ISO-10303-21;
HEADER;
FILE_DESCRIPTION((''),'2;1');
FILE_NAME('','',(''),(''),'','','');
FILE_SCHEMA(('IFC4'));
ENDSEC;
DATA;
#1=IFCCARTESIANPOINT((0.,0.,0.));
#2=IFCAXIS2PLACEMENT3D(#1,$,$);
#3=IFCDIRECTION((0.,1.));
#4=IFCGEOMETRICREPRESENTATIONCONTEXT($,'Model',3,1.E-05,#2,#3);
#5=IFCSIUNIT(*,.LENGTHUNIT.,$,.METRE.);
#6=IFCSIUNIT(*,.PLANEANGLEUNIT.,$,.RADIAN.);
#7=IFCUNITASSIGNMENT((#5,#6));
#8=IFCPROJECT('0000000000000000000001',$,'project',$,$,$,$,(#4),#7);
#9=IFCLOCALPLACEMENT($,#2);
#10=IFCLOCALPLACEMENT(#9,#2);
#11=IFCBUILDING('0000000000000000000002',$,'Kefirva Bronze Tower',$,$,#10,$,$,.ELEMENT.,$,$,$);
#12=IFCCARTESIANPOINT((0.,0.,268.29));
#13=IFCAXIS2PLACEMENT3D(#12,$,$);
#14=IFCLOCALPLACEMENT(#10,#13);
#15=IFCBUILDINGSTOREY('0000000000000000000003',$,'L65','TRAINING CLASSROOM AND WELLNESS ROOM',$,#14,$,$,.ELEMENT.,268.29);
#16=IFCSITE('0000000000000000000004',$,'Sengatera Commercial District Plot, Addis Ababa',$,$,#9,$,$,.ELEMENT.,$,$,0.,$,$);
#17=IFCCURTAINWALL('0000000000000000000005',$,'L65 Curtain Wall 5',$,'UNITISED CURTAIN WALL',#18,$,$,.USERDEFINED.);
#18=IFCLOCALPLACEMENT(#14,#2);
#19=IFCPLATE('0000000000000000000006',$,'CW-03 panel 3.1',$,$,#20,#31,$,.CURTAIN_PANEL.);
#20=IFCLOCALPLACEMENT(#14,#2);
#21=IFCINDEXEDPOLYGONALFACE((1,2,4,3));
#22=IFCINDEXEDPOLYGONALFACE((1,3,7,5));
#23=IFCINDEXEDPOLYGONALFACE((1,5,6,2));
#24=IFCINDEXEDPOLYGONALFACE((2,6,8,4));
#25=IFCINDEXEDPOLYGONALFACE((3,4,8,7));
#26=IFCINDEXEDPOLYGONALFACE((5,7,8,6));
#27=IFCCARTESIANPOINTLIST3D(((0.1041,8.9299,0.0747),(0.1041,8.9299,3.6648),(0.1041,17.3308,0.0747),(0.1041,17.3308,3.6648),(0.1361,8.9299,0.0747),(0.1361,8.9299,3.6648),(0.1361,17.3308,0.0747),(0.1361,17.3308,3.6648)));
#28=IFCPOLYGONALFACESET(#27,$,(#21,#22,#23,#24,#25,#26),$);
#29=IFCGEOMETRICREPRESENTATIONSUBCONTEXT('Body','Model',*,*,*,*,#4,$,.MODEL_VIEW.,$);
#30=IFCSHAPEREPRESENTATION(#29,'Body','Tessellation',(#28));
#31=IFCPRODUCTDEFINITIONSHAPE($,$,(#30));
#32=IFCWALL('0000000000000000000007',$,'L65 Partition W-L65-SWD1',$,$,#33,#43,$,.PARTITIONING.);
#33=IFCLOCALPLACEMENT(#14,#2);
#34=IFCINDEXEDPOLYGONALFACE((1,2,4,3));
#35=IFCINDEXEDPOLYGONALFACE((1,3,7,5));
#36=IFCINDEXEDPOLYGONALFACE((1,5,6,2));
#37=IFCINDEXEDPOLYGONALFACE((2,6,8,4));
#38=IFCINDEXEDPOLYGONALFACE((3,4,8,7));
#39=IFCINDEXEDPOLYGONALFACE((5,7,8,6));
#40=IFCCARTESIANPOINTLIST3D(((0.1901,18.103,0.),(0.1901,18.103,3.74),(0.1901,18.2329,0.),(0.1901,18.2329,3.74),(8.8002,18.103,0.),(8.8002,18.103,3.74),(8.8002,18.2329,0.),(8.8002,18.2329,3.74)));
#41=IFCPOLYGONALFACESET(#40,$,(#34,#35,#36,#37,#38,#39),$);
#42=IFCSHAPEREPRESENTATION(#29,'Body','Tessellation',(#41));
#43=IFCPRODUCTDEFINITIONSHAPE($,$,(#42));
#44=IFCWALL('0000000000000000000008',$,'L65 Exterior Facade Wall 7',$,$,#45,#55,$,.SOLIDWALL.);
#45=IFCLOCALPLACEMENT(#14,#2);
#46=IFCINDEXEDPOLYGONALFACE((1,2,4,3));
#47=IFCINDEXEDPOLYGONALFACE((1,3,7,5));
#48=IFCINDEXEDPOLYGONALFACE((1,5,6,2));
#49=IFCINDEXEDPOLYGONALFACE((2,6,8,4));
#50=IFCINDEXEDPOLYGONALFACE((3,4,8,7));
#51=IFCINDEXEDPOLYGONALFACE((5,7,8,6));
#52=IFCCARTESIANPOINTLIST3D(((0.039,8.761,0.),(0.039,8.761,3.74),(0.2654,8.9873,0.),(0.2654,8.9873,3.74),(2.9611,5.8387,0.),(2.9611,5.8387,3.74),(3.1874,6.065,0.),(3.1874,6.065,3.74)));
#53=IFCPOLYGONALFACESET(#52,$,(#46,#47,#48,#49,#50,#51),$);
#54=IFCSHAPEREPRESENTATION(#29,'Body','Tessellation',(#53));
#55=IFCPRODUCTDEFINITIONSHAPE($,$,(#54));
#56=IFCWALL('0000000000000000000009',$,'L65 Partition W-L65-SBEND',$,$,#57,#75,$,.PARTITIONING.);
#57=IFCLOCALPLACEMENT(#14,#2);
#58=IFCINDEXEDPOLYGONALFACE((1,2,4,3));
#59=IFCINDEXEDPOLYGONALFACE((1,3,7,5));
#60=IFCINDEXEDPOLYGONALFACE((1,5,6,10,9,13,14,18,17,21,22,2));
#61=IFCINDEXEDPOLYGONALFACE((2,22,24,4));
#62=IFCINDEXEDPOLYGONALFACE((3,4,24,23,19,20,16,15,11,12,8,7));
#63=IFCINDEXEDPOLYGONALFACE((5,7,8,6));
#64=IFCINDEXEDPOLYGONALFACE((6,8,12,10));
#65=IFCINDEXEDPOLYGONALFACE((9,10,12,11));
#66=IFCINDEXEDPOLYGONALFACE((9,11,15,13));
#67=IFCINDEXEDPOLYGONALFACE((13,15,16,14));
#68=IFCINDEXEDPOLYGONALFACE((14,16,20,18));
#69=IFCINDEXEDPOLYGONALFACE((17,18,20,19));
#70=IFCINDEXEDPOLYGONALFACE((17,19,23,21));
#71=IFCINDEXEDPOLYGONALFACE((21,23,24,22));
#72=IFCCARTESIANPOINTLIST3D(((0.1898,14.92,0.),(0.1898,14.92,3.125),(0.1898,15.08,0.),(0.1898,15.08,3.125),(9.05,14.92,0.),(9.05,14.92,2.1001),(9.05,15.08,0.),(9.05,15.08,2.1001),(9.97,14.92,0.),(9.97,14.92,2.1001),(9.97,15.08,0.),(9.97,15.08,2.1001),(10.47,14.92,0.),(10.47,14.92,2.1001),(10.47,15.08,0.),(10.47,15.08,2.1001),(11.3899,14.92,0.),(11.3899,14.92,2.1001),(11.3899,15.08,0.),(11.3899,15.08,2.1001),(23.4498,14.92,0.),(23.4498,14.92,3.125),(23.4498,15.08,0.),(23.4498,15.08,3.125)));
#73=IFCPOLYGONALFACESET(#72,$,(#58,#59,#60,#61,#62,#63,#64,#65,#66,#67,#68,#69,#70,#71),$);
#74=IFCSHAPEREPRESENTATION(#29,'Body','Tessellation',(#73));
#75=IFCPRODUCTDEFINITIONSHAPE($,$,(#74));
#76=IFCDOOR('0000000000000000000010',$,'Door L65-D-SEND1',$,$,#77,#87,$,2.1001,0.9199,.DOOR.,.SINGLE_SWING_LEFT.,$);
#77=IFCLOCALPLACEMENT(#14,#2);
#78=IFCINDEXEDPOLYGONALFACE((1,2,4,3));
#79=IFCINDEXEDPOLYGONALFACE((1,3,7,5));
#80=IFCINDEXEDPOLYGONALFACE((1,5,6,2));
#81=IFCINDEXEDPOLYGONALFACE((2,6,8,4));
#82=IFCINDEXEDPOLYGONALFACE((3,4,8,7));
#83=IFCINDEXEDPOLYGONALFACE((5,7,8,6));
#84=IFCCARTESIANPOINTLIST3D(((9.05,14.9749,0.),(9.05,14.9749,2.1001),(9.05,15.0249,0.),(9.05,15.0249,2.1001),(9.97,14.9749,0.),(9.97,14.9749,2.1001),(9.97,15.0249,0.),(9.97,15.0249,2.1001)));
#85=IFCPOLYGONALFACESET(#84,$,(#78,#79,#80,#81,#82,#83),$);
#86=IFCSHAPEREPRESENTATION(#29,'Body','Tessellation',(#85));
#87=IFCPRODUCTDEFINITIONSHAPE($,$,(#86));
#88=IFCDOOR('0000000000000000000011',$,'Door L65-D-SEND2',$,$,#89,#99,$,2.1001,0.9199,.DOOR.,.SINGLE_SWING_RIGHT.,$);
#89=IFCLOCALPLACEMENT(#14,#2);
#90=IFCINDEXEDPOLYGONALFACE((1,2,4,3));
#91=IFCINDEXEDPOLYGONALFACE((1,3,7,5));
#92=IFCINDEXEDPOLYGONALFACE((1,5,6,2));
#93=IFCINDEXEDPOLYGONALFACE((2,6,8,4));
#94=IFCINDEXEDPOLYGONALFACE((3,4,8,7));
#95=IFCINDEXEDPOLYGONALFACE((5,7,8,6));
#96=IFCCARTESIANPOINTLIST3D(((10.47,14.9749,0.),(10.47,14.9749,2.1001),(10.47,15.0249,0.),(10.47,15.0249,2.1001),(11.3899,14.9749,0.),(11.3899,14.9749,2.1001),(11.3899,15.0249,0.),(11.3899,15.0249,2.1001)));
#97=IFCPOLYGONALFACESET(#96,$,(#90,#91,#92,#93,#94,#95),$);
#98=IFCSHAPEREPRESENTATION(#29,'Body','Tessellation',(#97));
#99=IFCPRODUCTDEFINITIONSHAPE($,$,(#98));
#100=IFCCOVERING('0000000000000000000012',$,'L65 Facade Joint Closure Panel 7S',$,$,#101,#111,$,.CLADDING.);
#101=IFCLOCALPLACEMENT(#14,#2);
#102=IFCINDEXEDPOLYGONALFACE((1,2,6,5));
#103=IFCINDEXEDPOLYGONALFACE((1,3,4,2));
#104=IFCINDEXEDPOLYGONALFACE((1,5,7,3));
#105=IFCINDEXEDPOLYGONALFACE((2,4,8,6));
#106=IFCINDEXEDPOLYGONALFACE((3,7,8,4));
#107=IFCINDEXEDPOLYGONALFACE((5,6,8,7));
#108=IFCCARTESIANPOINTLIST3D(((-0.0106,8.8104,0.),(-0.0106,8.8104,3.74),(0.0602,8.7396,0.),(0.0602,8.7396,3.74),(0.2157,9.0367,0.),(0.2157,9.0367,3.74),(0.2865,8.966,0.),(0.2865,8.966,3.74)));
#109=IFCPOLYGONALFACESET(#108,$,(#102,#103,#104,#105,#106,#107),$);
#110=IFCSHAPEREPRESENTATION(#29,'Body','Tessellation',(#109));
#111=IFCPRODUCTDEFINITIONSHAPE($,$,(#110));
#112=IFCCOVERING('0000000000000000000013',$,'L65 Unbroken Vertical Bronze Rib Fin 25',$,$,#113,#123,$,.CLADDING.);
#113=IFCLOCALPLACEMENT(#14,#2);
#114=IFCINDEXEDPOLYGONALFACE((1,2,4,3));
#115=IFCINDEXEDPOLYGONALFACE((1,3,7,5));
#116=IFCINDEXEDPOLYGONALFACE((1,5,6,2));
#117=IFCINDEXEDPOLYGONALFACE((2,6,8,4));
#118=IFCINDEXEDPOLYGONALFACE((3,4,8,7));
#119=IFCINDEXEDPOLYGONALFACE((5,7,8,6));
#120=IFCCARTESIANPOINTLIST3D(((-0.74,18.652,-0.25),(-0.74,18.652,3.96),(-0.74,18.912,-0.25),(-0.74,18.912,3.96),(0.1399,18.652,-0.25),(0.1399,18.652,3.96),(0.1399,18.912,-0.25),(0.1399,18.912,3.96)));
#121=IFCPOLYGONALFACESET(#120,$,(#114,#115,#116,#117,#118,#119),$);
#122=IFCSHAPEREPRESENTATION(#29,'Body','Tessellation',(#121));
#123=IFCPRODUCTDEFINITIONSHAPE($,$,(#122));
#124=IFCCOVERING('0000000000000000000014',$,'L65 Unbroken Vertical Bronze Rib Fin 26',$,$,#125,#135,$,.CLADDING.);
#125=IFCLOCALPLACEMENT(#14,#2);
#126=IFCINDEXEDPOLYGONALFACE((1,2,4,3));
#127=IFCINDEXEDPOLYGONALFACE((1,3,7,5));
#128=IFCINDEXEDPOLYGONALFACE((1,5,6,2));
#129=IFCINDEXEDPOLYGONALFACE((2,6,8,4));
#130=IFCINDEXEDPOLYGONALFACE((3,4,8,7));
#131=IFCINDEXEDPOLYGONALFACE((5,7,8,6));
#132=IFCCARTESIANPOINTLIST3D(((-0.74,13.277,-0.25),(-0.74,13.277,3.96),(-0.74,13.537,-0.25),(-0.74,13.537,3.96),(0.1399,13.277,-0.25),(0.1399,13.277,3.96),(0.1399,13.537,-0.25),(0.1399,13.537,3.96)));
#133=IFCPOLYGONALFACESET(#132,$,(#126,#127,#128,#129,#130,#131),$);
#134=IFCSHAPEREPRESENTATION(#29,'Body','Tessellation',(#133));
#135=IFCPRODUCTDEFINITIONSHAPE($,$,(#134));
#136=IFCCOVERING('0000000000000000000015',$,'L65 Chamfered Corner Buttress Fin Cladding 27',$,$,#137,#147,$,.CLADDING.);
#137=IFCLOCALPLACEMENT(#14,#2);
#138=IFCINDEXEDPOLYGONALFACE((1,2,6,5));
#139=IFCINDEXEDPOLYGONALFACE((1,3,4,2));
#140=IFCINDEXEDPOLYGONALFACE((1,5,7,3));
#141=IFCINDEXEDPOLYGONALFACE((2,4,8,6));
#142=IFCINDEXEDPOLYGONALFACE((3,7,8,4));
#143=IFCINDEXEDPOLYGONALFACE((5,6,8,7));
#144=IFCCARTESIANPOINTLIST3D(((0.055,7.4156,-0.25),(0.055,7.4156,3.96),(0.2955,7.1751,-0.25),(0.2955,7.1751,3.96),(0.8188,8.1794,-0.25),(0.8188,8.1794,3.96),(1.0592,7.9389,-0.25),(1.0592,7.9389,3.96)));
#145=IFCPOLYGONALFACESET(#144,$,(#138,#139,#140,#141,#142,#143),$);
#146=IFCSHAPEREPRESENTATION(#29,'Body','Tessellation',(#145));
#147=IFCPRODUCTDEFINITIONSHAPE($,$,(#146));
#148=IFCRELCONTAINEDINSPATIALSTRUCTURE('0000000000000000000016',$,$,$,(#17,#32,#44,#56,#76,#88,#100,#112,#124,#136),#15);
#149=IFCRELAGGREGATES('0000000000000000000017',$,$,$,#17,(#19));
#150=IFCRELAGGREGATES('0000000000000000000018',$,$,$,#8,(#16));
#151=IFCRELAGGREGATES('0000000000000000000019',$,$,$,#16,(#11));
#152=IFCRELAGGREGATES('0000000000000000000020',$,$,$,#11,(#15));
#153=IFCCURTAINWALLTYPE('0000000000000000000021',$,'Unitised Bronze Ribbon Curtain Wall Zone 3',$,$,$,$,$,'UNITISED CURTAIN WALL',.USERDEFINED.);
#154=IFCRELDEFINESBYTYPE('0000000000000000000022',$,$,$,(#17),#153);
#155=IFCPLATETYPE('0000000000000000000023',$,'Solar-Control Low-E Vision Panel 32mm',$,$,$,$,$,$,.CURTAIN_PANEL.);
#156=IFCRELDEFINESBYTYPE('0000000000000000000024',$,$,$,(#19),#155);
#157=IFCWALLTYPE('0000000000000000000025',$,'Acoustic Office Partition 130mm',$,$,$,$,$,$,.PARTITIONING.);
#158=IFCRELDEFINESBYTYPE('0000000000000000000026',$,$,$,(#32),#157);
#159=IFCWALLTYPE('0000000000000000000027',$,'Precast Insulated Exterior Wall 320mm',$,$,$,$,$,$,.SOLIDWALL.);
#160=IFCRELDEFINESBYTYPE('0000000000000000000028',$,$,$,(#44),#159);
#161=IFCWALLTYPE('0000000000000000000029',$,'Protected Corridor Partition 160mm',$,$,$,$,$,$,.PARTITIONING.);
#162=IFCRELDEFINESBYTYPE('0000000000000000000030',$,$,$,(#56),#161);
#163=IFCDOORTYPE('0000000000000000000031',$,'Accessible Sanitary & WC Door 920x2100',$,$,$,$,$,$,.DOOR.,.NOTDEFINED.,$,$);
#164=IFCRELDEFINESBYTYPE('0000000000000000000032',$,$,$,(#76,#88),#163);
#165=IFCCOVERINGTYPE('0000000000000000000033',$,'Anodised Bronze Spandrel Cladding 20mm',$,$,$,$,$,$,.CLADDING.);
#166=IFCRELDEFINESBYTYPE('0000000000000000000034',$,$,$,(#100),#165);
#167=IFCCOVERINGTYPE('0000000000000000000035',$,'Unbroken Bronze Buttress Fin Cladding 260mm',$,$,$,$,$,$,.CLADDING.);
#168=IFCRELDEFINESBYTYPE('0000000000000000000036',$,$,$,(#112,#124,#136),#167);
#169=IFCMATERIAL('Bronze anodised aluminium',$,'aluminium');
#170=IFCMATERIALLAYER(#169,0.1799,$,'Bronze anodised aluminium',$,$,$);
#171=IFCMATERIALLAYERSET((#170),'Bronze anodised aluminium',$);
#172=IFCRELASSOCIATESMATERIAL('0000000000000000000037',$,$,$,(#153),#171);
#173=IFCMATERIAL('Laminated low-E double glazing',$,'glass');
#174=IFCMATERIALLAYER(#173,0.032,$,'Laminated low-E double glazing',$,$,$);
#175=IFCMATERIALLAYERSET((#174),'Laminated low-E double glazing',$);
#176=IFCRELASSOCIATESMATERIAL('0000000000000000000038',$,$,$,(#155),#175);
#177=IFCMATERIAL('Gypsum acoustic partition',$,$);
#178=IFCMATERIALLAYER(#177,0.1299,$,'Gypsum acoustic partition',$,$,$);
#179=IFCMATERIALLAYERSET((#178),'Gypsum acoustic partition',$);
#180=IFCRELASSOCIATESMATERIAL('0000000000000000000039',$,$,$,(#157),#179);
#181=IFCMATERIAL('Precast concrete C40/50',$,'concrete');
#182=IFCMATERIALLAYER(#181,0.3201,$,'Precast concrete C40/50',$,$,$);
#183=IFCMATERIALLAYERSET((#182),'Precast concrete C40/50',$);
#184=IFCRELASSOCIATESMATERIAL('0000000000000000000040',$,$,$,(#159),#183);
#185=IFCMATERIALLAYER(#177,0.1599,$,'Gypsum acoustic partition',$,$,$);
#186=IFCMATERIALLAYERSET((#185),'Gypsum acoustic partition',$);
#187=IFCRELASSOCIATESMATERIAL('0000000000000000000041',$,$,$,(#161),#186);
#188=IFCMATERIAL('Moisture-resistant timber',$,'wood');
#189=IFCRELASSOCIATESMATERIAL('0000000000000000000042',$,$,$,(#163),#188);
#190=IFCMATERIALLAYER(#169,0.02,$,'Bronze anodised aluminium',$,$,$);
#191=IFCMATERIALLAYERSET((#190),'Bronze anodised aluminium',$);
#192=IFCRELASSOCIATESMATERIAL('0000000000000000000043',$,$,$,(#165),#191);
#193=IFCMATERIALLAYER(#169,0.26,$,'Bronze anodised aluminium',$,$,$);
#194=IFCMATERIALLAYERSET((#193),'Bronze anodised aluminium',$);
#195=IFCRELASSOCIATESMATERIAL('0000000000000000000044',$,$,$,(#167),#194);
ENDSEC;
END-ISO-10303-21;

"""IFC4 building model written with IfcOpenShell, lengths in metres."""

from ifc_helpers import new_model, si_unit, direction, frame, frame_2d, origin, origin_2d, place, context, subcontext, project, spatial, rectangle, extrude, material, layer, layer_set, type_object, element, fill, aggregate, save


model = new_model("IFC4")

# Units and contexts
model_context = context("Model", 3, precision=1e-05, world=origin(), true_north=direction((0.0, 1.0)))
body_context = subcontext(model_context, "Body", "Model", "MODEL_VIEW")
ifc_project = project(units=[si_unit("LENGTHUNIT", "METRE"), si_unit("PLANEANGLEUNIT", "RADIAN")], contexts=[model_context])

# Site, building, storey
site_placement = place(None, origin())
site = spatial("IfcSite", under=ifc_project, at=site_placement, Name="Sengatera Commercial District Plot, Addis Ababa", CompositionType="ELEMENT", RefElevation=0.0)
building_placement = place(site_placement, origin())
building = spatial("IfcBuilding", under=site, at=building_placement, Name="Kefirva Bronze Tower", CompositionType="ELEMENT")
storey_placement = place(building_placement, frame((0.0, 0.0, 268.29)))
storey = spatial("IfcBuildingStorey", under=building, at=storey_placement, Name="L65", Description="TRAINING CLASSROOM AND WELLNESS ROOM", CompositionType="ELEMENT", Elevation=268.29)

# Curtain wall
ifc_material_1 = material(Name="Bronze anodised aluminium", Category="aluminium")
ifc_layer_1 = layer(ifc_material_1, 0.1799, Name="Bronze anodised aluminium")
ifc_layer_set_1 = layer_set([ifc_layer_1], Name="Bronze anodised aluminium")
curtain_wall_type = type_object("IfcCurtainWallType", Name="Unitised Bronze Ribbon Curtain Wall Zone 3", ElementType="UNITISED CURTAIN WALL", PredefinedType="USERDEFINED", material=ifc_layer_set_1)
curtain_wall_placement = place(storey_placement, origin())
curtain_wall = element("IfcCurtainWall", 1, at=curtain_wall_placement, inside=storey, type_object=curtain_wall_type, Name="L65 Curtain Wall 5", ObjectType="UNITISED CURTAIN WALL", PredefinedType="USERDEFINED")

# Plate
ifc_material_2 = material(Name="Laminated low-E double glazing", Category="glass")
ifc_layer_2 = layer(ifc_material_2, 0.032, Name="Laminated low-E double glazing")
ifc_layer_set_2 = layer_set([ifc_layer_2], Name="Laminated low-E double glazing")
plate_type = type_object("IfcPlateType", Name="Solar-Control Low-E Vision Panel 32mm", PredefinedType="CURTAIN_PANEL", material=ifc_layer_set_2)
plate_placement = place(storey_placement, frame((0.1201, 13.1304, 0.0747), z_axis=(0.0, 0.0, 1.0), x_axis=(0.0, -1.0, 0.0)))
plate = element("IfcPlate", 2, at=plate_placement, type_object=plate_type, Name="CW-03 panel 3.1", PredefinedType="CURTAIN_PANEL", context=body_context, shape_type="SweptSolid", body=[
    extrude(rectangle(XDim=8.4009, YDim=0.032, at=origin_2d()), origin(), (0.0, 0.0, 1.0), 3.5901),
])
aggregate(curtain_wall, [plate])

# Walls
ifc_material_3 = material(Name="Gypsum acoustic partition")
ifc_layer_3 = layer(ifc_material_3, 0.1299, Name="Gypsum acoustic partition")
ifc_layer_set_3 = layer_set([ifc_layer_3], Name="Gypsum acoustic partition")
wall_type_1 = type_object("IfcWallType", Name="Acoustic Office Partition 130mm", PredefinedType="PARTITIONING", material=ifc_layer_set_3)
wall_1_placement = place(storey_placement, frame((0.1899, 18.168, 0.0), z_axis=(0.0, 0.0, 1.0), x_axis=(1.0, 0.0, 0.0)))
element("IfcWall", 3, at=wall_1_placement, inside=storey, type_object=wall_type_1, Name="L65 Partition W-L65-SWD1", PredefinedType="PARTITIONING", context=body_context, shape_type="SweptSolid", body=[
    extrude(rectangle(XDim=8.6101, YDim=0.1299, at=frame_2d((4.3052, 0.0))), origin(), (0.0, 0.0, 1.0), 3.74),
])
ifc_material_4 = material(Name="Precast concrete C40/50", Category="concrete")
ifc_layer_4 = layer(ifc_material_4, 0.3201, Name="Precast concrete C40/50")
ifc_layer_set_4 = layer_set([ifc_layer_4], Name="Precast concrete C40/50")
wall_type_2 = type_object("IfcWallType", Name="Precast Insulated Exterior Wall 320mm", PredefinedType="SOLIDWALL", material=ifc_layer_set_4)
wall_2_placement = place(storey_placement, frame((0.1521, 8.8743, 0.0), z_axis=(0.0, 0.0, 1.0), x_axis=(0.707077, -0.707136, 0.0)))
element("IfcWall", 4, at=wall_2_placement, inside=storey, type_object=wall_type_2, Name="L65 Exterior Facade Wall 7", PredefinedType="SOLIDWALL", context=body_context, shape_type="SweptSolid", body=[
    extrude(rectangle(XDim=4.1326, YDim=0.3201, at=frame_2d((2.0664, 0.0))), origin(), (0.0, 0.0, 1.0), 3.74),
])

# Wall, openings, doors
ifc_layer_5 = layer(ifc_material_3, 0.1599, Name="Gypsum acoustic partition")
ifc_layer_set_5 = layer_set([ifc_layer_5], Name="Gypsum acoustic partition")
wall_type_3 = type_object("IfcWallType", Name="Protected Corridor Partition 160mm", PredefinedType="PARTITIONING", material=ifc_layer_set_5)
wall_3_placement = place(storey_placement, frame((0.1899, 15.0, 0.0), z_axis=(0.0, 0.0, 1.0), x_axis=(1.0, 0.0, 0.0)))
wall_3 = element("IfcWall", 5, at=wall_3_placement, inside=storey, type_object=wall_type_3, Name="L65 Partition W-L65-SBEND", PredefinedType="PARTITIONING", context=body_context, shape_type="SweptSolid", body=[
    extrude(rectangle(XDim=23.26, YDim=0.1599, at=frame_2d((11.6299, 0.0))), origin(), (0.0, 0.0, 1.0), 3.125),
])
opening_1_placement = place(wall_3_placement, frame((8.8601, 0.0, 0.0)))
opening_1 = element("IfcOpeningElement", 6, at=opening_1_placement, cuts=wall_3, PredefinedType="OPENING", context=body_context, shape_type="SweptSolid", body=[
    extrude(rectangle(XDim=0.9199, YDim=2.1001, at=frame_2d((0.46, 1.05))), frame((0.0, 0.0898, 0.0), z_axis=(0.0, -1.0, 0.0), x_axis=(1.0, 0.0, 0.0)), (0.0, 0.0, 1.0), 0.1799),
])
opening_2_placement = place(wall_3_placement, frame((10.28, 0.0, 0.0)))
opening_2 = element("IfcOpeningElement", 7, at=opening_2_placement, cuts=wall_3, PredefinedType="OPENING", context=body_context, shape_type="SweptSolid", body=[
    extrude(rectangle(XDim=0.9199, YDim=2.1001, at=frame_2d((0.46, 1.05))), frame((0.0, 0.0898, 0.0), z_axis=(0.0, -1.0, 0.0), x_axis=(1.0, 0.0, 0.0)), (0.0, 0.0, 1.0), 0.1799),
])
ifc_material_5 = material(Name="Moisture-resistant timber", Category="wood")
door_type = type_object("IfcDoorType", Name="Accessible Sanitary & WC Door 920x2100", OperationType="NOTDEFINED", PredefinedType="DOOR", material=ifc_material_5)
door_1_placement = place(opening_1_placement, origin())
door_1 = element("IfcDoor", 8, at=door_1_placement, inside=storey, type_object=door_type, Name="Door L65-D-SEND1", OperationType="SINGLE_SWING_LEFT", OverallHeight=2.1001, OverallWidth=0.9199, PredefinedType="DOOR", context=body_context, shape_type="SweptSolid", body=[
    extrude(rectangle(XDim=0.9199, YDim=2.1001, at=frame_2d((0.46, 1.05))), frame((0.0, 0.0249, 0.0), z_axis=(0.0, -1.0, 0.0), x_axis=(1.0, 0.0, 0.0)), (0.0, 0.0, 1.0), 0.05),
])
fill(opening_1, door_1)
door_2_placement = place(opening_2_placement, origin())
door_2 = element("IfcDoor", 9, at=door_2_placement, inside=storey, type_object=door_type, Name="Door L65-D-SEND2", OperationType="SINGLE_SWING_RIGHT", OverallHeight=2.1001, OverallWidth=0.9199, PredefinedType="DOOR", context=body_context, shape_type="SweptSolid", body=[
    extrude(rectangle(XDim=0.9199, YDim=2.1001, at=frame_2d((0.46, 1.05))), frame((0.0, 0.0249, 0.0), z_axis=(0.0, -1.0, 0.0), x_axis=(1.0, 0.0, 0.0)), (0.0, 0.0, 1.0), 0.05),
])
fill(opening_2, door_2)

# Coverings
ifc_layer_6 = layer(ifc_material_1, 0.02, Name="Bronze anodised aluminium")
ifc_layer_set_6 = layer_set([ifc_layer_6], Name="Bronze anodised aluminium")
covering_type_1 = type_object("IfcCoveringType", Name="Anodised Bronze Spandrel Cladding 20mm", PredefinedType="CLADDING", material=ifc_layer_set_6)
covering_1_placement = place(storey_placement, frame((0.1379, 8.8882, 0.0), z_axis=(0.0, 0.0, 1.0), x_axis=(0.707107, -0.707107, 0.0)))
element("IfcCovering", 10, at=covering_1_placement, inside=storey, type_object=covering_type_1, Name="L65 Facade Joint Closure Panel 7S", PredefinedType="CLADDING", context=body_context, shape_type="SweptSolid", body=[
    extrude(rectangle(XDim=0.1001, YDim=0.3201, at=origin_2d()), origin(), (0.0, 0.0, 1.0), 3.74),
])
ifc_layer_7 = layer(ifc_material_1, 0.26, Name="Bronze anodised aluminium")
ifc_layer_set_7 = layer_set([ifc_layer_7], Name="Bronze anodised aluminium")
covering_type_2 = type_object("IfcCoveringType", Name="Unbroken Bronze Buttress Fin Cladding 260mm", PredefinedType="CLADDING", material=ifc_layer_set_7)
for number, where, z_axis, x_axis, name in (
    (11, (-0.3, 18.782, -0.25), (0.0, 0.0, 1.0), (0.0, -1.0, 0.0), "L65 Unbroken Vertical Bronze Rib Fin 25"),
    (12, (-0.3, 13.407, -0.25), (0.0, 0.0, 1.0), (0.0, -1.0, 0.0), "L65 Unbroken Vertical Bronze Rib Fin 26"),
):
    element("IfcCovering", number, at=place(storey_placement, frame(where, z_axis=z_axis, x_axis=x_axis)), inside=storey, type_object=covering_type_2, Name=name, PredefinedType="CLADDING", context=body_context, shape_type="SweptSolid", body=[
        extrude(rectangle(XDim=0.26, YDim=0.8799, at=origin_2d()), origin(), (0.0, 0.0, 1.0), 4.21),
    ])
covering_2_placement = place(storey_placement, frame((0.5571, 7.6772, -0.25), z_axis=(0.0, 0.0, 1.0), x_axis=(0.707107, -0.707107, 0.0)))
element("IfcCovering", 13, at=covering_2_placement, inside=storey, type_object=covering_type_2, Name="L65 Chamfered Corner Buttress Fin Cladding 27", PredefinedType="CLADDING", context=body_context, shape_type="SweptSolid", body=[
    extrude(rectangle(XDim=0.3401, YDim=1.0801, at=origin_2d()), origin(), (0.0, 0.0, 1.0), 4.21),
])

save(model, "model.ifc")
